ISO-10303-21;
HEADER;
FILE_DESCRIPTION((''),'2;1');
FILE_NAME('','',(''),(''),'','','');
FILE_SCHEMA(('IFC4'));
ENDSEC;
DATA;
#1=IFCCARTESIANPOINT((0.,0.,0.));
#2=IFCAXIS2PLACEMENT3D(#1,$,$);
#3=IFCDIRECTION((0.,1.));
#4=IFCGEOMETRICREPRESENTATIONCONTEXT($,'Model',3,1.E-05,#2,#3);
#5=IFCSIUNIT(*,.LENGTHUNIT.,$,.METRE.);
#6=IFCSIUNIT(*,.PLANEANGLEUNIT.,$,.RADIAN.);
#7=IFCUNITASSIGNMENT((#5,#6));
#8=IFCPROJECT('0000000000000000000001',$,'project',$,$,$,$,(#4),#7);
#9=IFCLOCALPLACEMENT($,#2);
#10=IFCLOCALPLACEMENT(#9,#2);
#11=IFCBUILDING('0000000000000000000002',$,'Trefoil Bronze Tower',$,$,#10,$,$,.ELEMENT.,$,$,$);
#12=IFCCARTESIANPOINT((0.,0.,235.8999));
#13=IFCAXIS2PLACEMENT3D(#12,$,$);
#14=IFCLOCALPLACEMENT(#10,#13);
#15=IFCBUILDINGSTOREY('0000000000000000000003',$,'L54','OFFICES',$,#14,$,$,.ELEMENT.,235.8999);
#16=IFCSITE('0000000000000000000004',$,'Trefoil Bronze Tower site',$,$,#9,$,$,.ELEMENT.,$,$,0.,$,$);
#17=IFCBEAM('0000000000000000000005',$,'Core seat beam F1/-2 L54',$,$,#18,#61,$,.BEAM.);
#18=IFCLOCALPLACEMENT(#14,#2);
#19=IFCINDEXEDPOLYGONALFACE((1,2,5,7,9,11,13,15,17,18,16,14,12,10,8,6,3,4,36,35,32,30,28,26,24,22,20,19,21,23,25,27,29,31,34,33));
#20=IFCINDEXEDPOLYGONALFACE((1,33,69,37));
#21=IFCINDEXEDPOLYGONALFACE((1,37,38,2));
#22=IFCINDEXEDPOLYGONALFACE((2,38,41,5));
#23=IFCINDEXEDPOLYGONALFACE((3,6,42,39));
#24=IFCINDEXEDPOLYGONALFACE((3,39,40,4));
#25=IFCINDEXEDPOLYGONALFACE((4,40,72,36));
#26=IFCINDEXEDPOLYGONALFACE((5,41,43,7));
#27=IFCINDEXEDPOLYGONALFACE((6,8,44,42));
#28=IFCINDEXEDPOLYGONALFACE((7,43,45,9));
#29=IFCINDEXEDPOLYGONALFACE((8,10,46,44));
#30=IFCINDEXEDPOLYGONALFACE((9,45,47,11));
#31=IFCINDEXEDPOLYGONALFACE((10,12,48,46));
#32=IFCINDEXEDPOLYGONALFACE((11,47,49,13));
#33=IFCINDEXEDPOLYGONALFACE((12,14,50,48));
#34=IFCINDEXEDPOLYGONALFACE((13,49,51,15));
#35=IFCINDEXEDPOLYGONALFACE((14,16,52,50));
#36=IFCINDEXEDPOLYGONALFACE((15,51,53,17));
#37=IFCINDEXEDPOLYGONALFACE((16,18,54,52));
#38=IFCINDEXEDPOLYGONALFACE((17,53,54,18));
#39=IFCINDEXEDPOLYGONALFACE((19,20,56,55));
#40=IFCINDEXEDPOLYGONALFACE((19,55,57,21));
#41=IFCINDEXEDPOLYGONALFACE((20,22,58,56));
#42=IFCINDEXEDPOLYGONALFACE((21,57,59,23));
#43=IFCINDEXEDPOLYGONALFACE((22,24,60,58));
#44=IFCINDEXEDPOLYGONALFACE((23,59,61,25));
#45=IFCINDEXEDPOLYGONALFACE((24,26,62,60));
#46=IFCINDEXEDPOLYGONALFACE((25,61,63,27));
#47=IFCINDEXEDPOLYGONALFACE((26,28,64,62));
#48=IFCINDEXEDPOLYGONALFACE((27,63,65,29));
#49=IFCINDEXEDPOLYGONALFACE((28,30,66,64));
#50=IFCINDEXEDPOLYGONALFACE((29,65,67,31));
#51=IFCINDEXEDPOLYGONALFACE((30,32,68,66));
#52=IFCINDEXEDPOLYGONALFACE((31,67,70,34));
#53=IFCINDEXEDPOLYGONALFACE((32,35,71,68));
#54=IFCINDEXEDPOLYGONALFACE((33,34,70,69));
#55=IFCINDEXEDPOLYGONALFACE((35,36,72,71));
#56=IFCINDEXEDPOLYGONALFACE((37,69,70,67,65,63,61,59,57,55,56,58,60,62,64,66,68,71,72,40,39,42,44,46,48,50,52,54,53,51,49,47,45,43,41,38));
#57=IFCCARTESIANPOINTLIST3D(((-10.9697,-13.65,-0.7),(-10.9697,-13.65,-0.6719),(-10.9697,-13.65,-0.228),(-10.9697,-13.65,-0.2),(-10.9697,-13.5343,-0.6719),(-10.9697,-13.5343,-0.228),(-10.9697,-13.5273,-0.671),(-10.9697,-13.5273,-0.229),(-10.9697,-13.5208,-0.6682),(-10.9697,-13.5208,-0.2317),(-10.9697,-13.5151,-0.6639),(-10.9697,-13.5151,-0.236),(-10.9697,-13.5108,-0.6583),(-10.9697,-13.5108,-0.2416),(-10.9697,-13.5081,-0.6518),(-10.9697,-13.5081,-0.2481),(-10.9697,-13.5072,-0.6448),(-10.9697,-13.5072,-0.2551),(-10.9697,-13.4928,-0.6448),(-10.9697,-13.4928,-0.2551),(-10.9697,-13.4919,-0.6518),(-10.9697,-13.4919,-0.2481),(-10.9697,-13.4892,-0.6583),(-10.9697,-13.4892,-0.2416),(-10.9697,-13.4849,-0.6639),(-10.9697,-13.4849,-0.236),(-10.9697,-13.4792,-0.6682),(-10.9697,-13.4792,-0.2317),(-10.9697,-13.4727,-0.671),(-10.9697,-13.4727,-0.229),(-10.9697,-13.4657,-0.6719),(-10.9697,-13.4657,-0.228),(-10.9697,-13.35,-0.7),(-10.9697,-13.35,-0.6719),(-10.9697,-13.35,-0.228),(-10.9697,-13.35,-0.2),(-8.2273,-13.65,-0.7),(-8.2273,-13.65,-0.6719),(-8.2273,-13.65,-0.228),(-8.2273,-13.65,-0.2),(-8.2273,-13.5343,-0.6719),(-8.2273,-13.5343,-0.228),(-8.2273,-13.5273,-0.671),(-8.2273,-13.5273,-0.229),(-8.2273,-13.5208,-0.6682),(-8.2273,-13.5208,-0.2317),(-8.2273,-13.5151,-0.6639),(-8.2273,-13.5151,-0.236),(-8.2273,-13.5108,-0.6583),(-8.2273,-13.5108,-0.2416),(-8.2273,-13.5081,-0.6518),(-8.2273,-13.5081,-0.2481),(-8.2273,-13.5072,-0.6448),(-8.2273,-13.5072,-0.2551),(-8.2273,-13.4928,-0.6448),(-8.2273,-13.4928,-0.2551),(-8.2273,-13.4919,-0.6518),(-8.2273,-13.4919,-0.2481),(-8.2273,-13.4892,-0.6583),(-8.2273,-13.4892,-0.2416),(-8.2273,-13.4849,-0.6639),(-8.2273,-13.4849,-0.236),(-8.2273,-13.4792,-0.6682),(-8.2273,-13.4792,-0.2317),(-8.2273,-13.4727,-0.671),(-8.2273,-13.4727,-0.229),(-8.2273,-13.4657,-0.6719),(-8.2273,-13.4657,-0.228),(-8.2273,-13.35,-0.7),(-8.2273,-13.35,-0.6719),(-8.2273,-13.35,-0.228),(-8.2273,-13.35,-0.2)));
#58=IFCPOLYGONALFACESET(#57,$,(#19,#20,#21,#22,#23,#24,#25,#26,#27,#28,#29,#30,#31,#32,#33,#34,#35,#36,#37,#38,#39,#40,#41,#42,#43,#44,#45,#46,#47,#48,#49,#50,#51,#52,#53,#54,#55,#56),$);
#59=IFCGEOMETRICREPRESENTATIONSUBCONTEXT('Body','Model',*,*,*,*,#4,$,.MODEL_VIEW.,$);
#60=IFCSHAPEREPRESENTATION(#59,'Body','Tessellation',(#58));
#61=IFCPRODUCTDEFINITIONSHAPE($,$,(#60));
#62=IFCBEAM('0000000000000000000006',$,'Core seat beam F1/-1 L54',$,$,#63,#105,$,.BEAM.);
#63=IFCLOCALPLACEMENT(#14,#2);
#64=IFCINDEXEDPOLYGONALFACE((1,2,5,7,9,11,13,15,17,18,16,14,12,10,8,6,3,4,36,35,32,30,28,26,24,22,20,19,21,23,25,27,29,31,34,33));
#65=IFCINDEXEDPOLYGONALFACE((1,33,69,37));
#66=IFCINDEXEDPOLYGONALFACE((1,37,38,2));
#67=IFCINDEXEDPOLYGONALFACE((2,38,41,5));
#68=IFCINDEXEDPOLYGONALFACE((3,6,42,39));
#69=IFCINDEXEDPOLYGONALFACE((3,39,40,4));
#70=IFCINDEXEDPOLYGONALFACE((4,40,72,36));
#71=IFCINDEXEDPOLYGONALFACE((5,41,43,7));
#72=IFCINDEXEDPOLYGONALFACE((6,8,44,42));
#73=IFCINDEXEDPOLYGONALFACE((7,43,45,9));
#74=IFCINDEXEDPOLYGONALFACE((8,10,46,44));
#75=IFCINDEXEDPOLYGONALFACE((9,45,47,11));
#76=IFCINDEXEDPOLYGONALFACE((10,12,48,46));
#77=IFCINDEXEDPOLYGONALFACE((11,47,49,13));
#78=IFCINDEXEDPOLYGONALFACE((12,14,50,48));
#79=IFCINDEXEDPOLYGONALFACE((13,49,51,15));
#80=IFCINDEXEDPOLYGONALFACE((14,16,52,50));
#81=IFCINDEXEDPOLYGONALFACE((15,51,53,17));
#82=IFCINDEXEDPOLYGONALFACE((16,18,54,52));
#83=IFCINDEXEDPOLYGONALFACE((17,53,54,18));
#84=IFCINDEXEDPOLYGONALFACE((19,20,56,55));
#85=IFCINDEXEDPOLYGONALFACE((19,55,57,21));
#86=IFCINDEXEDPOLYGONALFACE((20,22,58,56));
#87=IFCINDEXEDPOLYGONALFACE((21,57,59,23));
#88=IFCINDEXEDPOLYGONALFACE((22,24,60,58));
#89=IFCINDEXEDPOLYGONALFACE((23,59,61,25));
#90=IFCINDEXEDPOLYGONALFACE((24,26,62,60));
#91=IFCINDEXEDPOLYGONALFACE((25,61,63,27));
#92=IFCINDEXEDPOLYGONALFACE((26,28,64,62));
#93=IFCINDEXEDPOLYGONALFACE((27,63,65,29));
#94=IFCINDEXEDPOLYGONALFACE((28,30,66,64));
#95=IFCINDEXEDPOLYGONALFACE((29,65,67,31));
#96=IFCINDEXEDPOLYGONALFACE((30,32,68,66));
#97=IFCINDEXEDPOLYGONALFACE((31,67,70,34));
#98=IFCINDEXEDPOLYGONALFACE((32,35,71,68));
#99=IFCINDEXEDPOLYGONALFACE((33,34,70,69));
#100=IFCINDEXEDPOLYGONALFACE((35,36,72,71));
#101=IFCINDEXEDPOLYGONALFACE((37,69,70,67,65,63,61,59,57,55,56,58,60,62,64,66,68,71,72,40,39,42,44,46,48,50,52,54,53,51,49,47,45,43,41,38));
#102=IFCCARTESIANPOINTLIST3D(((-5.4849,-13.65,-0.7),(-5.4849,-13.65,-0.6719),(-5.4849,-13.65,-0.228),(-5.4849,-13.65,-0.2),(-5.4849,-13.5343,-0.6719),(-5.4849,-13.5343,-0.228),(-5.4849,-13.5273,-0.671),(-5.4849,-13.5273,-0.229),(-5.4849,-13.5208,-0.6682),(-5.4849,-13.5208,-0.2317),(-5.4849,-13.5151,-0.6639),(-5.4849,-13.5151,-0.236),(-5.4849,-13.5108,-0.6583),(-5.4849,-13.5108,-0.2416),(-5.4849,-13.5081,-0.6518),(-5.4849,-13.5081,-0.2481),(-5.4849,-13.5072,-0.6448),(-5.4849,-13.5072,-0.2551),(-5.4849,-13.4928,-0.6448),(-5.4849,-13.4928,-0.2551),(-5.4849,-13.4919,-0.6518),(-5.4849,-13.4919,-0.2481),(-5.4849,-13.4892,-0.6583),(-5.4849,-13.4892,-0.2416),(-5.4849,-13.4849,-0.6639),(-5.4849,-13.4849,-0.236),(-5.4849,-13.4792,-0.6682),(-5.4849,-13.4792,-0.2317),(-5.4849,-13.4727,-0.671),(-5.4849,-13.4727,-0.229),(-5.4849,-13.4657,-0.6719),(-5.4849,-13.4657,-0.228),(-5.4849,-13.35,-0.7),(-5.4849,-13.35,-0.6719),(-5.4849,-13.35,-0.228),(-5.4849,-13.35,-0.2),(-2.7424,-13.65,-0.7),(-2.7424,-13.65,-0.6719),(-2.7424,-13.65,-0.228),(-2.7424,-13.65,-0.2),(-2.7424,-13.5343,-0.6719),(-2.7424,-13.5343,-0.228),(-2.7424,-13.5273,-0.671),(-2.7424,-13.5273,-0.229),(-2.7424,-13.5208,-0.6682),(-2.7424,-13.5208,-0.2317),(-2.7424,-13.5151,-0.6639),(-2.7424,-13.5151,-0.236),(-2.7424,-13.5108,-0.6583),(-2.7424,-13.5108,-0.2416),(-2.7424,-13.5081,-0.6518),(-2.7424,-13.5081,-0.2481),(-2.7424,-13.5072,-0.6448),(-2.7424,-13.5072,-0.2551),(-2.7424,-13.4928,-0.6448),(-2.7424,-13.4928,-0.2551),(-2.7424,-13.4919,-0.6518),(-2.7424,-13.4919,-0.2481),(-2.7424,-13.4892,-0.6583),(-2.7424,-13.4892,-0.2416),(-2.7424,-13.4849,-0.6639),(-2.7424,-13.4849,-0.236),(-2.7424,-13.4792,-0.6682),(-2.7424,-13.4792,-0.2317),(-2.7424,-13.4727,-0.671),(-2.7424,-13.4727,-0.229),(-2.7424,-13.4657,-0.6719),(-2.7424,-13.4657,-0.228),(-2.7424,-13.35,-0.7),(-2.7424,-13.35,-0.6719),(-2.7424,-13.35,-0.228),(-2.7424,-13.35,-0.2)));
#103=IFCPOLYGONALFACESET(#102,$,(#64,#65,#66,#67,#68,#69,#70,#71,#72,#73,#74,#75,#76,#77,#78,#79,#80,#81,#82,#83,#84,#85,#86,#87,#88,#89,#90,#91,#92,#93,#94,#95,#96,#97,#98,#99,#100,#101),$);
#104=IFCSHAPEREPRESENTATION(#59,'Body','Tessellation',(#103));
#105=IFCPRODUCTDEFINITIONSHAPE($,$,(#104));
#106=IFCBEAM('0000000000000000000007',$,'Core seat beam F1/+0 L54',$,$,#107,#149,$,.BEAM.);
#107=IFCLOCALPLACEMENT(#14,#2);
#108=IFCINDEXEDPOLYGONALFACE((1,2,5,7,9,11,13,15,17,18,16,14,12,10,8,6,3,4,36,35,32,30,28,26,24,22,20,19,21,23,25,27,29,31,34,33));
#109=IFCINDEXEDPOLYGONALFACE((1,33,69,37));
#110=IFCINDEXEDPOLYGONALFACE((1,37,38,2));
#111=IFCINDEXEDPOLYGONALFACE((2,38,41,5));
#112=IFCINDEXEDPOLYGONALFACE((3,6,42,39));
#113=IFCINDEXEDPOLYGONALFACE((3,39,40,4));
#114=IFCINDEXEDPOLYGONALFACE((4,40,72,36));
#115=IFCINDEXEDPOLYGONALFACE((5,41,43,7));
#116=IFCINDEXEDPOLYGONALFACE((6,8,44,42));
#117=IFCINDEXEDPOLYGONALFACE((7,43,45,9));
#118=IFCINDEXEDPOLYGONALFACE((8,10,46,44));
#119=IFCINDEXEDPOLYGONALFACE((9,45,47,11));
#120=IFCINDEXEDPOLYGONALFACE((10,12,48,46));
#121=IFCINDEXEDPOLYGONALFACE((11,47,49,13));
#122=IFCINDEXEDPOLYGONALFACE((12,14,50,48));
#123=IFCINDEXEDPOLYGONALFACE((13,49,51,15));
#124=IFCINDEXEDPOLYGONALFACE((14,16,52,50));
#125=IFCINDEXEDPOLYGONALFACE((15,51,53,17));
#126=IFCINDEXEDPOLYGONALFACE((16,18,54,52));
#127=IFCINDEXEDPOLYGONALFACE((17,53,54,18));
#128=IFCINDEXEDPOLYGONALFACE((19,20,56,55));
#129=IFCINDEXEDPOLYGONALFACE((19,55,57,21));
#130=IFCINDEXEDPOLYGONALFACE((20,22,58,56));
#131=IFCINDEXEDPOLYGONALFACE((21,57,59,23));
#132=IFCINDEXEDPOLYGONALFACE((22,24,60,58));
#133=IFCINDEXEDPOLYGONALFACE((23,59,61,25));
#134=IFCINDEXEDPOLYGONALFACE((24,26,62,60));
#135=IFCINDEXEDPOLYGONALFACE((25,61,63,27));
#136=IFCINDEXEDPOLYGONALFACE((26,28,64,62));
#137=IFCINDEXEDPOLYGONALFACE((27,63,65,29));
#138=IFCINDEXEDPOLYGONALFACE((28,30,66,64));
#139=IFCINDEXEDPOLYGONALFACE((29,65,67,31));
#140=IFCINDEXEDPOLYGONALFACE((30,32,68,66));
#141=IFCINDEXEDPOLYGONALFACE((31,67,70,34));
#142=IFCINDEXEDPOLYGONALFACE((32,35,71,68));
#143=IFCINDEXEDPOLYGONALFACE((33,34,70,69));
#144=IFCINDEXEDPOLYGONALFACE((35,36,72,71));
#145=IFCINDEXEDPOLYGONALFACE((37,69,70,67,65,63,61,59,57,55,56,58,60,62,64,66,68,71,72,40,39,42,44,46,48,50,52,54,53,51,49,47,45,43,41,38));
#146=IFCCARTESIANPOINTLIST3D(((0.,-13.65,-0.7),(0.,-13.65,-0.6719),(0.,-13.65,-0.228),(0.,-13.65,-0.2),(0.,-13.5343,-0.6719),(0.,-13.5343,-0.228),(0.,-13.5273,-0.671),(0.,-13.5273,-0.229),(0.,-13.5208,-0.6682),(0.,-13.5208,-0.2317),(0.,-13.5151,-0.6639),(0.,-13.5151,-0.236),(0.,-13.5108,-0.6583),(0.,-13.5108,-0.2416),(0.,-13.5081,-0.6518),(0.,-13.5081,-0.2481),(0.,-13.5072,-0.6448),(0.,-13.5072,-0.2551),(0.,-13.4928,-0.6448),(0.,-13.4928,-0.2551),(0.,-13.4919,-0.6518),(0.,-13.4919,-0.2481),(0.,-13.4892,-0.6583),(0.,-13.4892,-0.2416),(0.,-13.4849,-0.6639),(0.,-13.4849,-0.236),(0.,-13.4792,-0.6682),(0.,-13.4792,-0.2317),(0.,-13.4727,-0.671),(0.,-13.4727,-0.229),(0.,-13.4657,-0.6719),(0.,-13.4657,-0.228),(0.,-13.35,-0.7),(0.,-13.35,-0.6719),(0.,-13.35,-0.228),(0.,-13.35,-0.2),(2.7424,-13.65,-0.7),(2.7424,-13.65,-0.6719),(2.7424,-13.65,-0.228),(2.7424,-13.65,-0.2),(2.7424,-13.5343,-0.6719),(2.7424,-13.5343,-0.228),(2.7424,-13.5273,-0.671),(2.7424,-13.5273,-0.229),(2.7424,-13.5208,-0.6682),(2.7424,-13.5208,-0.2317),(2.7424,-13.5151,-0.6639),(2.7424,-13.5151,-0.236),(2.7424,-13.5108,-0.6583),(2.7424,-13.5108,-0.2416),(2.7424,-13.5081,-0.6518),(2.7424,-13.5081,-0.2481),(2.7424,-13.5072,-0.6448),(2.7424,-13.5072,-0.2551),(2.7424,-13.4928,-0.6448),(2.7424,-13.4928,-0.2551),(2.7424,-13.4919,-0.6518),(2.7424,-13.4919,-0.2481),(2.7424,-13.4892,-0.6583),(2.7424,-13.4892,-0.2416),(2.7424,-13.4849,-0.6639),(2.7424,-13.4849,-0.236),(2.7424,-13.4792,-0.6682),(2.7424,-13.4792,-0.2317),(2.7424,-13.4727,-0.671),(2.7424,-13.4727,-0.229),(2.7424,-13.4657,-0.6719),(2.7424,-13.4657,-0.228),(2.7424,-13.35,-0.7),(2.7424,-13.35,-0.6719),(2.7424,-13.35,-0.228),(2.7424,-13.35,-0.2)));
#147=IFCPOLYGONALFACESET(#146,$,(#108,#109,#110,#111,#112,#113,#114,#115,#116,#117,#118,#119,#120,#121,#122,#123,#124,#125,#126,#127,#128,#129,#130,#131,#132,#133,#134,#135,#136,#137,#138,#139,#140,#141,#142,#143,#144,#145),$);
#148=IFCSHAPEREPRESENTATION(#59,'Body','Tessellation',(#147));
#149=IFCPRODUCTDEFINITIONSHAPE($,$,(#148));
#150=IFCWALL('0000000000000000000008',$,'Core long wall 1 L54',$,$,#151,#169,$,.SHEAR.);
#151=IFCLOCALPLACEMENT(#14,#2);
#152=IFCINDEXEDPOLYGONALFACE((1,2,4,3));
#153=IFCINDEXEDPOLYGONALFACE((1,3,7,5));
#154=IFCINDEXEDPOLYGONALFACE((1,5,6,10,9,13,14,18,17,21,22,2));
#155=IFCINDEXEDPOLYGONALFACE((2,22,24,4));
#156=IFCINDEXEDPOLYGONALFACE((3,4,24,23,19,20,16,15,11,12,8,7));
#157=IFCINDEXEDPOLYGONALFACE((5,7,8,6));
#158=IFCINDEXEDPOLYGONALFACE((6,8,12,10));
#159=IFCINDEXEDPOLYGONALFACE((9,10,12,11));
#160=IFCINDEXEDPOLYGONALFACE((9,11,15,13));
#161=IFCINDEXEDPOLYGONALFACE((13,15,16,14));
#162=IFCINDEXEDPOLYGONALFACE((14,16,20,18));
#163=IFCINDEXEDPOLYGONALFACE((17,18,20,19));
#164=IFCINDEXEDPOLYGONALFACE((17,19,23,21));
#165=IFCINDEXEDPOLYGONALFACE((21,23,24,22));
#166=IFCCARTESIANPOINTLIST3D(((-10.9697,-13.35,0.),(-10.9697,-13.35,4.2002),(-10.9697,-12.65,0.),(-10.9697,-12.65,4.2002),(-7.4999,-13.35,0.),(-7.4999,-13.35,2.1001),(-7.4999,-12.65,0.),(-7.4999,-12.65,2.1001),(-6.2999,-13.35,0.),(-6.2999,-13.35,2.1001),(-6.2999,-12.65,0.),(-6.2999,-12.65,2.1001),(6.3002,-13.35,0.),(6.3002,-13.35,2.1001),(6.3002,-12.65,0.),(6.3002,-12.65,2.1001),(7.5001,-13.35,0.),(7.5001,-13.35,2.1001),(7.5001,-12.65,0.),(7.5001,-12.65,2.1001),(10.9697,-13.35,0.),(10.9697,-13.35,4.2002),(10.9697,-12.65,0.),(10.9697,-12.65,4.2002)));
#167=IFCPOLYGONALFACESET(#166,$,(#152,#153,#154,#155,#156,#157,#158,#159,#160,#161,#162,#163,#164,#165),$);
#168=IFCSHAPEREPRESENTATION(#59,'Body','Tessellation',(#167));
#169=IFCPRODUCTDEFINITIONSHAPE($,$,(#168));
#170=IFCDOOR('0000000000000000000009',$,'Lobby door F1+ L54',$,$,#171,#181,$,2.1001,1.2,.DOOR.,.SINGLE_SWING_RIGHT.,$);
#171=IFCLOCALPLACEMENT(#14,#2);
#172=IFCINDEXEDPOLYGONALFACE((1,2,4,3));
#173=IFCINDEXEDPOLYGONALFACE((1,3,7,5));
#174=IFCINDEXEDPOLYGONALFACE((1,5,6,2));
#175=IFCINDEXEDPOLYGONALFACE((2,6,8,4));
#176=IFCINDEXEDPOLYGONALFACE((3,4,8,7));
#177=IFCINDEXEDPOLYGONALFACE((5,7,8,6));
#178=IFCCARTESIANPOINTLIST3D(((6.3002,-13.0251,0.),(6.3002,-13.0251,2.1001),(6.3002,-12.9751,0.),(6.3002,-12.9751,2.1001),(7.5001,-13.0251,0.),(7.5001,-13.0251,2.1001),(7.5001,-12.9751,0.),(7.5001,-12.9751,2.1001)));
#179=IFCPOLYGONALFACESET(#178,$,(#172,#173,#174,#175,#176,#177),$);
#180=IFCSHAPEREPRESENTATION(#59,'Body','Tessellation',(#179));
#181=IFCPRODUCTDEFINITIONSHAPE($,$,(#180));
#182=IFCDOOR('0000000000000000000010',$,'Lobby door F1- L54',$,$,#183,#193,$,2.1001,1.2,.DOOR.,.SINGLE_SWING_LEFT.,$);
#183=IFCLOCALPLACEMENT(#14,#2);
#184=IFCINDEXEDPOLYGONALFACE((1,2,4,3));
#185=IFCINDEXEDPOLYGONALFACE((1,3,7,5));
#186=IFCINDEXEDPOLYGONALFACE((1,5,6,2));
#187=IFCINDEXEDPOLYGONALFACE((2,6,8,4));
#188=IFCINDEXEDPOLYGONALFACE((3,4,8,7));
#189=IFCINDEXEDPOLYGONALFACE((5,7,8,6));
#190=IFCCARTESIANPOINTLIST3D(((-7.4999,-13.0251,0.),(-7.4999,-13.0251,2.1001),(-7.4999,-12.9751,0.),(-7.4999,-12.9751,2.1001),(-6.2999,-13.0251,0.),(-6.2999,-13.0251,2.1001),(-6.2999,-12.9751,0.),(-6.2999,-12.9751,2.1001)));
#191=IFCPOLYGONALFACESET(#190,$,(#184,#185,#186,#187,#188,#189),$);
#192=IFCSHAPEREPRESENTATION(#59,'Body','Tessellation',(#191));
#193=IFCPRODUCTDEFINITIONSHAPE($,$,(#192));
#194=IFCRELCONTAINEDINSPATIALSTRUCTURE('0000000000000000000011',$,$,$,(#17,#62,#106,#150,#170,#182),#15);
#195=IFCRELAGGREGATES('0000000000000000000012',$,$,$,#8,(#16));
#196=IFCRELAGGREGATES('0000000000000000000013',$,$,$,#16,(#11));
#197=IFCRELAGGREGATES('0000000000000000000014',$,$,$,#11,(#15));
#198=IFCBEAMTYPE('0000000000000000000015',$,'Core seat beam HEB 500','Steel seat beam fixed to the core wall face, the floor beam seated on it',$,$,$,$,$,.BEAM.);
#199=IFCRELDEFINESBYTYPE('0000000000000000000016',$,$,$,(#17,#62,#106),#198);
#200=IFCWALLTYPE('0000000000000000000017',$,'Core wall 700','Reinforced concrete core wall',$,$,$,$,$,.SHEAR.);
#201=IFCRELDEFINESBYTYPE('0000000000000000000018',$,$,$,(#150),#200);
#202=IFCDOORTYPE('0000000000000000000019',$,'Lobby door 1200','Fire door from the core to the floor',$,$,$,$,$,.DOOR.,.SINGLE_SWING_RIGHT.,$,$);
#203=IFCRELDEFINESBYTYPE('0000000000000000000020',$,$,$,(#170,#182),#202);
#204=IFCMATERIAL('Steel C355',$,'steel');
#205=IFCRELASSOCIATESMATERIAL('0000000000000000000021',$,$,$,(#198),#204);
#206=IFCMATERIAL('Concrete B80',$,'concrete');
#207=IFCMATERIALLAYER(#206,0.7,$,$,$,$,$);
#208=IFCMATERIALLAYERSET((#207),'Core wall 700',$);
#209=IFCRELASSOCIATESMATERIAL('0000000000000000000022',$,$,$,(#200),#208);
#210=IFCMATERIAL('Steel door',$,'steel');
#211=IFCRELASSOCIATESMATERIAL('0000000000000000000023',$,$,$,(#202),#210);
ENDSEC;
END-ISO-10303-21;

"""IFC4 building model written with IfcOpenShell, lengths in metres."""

from ifc_helpers import new_model, si_unit, direction, frame, frame_2d, origin, origin_2d, place, context, subcontext, project, spatial, rectangle, i_section, extrude, material, layer, layer_set, material_profile, profile_set, type_object, element, fill, save


model = new_model("IFC4")

# Units and contexts
model_context = context("Model", 3, precision=1e-05, world=origin(), true_north=direction((0.0, 1.0)))
body_context = subcontext(model_context, "Body", "Model", "MODEL_VIEW")
ifc_project = project(units=[si_unit("LENGTHUNIT", "METRE"), si_unit("PLANEANGLEUNIT", "RADIAN")], contexts=[model_context])

# Site, building, storey
site_placement = place(None, origin())
site = spatial("IfcSite", under=ifc_project, at=site_placement, Name="Trefoil Bronze Tower site", CompositionType="ELEMENT", RefElevation=0.0)
building_placement = place(site_placement, origin())
building = spatial("IfcBuilding", under=site, at=building_placement, Name="Trefoil Bronze Tower", CompositionType="ELEMENT")
storey_placement = place(building_placement, frame((0.0, 0.0, 235.8999)))
storey = spatial("IfcBuildingStorey", under=building, at=storey_placement, Name="L54", Description="OFFICES", CompositionType="ELEMENT", Elevation=235.8999)

# Beams
ifc_material_1 = material(Name="Steel C355", Category="steel")
ifc_material_profile = material_profile(ifc_material_1, i_section(OverallWidth=0.3, OverallDepth=0.5, WebThickness=0.0144, FlangeThickness=0.0281, FilletRadius=0.0271, at=origin_2d()), Name="HEB 500")
ifc_profile_set = profile_set([ifc_material_profile], Name="Steel C355")
beam_type = type_object("IfcBeamType", Name="Core seat beam HEB 500", Description="Steel seat beam fixed to the core wall face, the floor beam seated on it", PredefinedType="BEAM", material=ifc_profile_set)
for number, where, z_axis, x_axis, name in (
    (1, (-10.9697, -13.5, -0.45), (1.0, 0.0, 0.0), (0.0, 1.0, 0.0), "Core seat beam F1/-2 L54"),
    (2, (-5.4849, -13.5, -0.45), (1.0, 0.0, 0.0), (0.0, 1.0, 0.0), "Core seat beam F1/-1 L54"),
    (3, (0.0, -13.5, -0.45), (1.0, 0.0, 0.0), (0.0, 1.0, 0.0), "Core seat beam F1/+0 L54"),
):
    element("IfcBeam", number, at=place(storey_placement, frame(where, z_axis=z_axis, x_axis=x_axis)), inside=storey, type_object=beam_type, Name=name, PredefinedType="BEAM", context=body_context, shape_type="SweptSolid", body=[
        extrude(i_section(OverallWidth=0.3, OverallDepth=0.5, WebThickness=0.0144, FlangeThickness=0.0281, FilletRadius=0.0271, at=origin_2d()), origin(), (0.0, 0.0, 1.0), 2.7424),
    ])

# Wall, openings, doors
ifc_material_2 = material(Name="Concrete B80", Category="concrete")
ifc_layer_1 = layer(ifc_material_2, 0.7)
ifc_layer_set_1 = layer_set([ifc_layer_1], Name="Core wall 700")
wall_type_1 = type_object("IfcWallType", Name="Core wall 700", Description="Reinforced concrete core wall", PredefinedType="SHEAR", material=ifc_layer_set_1)
wall_1_placement = place(storey_placement, frame((-10.9697, -13.0, 0.0), z_axis=(0.0, 0.0, 1.0), x_axis=(1.0, 0.0, 0.0)))
wall_1 = element("IfcWall", 4, at=wall_1_placement, inside=storey, type_object=wall_type_1, Name="Core long wall 1 L54", PredefinedType="SHEAR", context=body_context, shape_type="SweptSolid", body=[
    extrude(rectangle(XDim=21.9395, YDim=0.7, at=frame_2d((10.9697, 0.0))), origin(), (0.0, 0.0, 1.0), 4.2002),
])
opening_1_placement = place(wall_1_placement, frame((17.2698, 0.0, 0.0)))
opening_1 = element("IfcOpeningElement", 5, at=opening_1_placement, cuts=wall_1, PredefinedType="OPENING", context=body_context, shape_type="SweptSolid", body=[
    extrude(rectangle(XDim=1.2, YDim=2.1001, at=frame_2d((0.6001, 1.05))), frame((0.0, 0.3599, 0.0), z_axis=(0.0, -1.0, 0.0), x_axis=(1.0, 0.0, 0.0)), (0.0, 0.0, 1.0), 0.72),
])
opening_2_placement = place(wall_1_placement, frame((3.4697, 0.0, 0.0)))
opening_2 = element("IfcOpeningElement", 6, at=opening_2_placement, cuts=wall_1, PredefinedType="OPENING", context=body_context, shape_type="SweptSolid", body=[
    extrude(rectangle(XDim=1.2, YDim=2.1001, at=frame_2d((0.6001, 1.05))), frame((0.0, 0.3599, 0.0), z_axis=(0.0, -1.0, 0.0), x_axis=(1.0, 0.0, 0.0)), (0.0, 0.0, 1.0), 0.72),
])
ifc_material_3 = material(Name="Steel door", Category="steel")
door_type_1 = type_object("IfcDoorType", Name="Lobby door 1200", Description="Fire door from the core to the floor", OperationType="SINGLE_SWING_RIGHT", PredefinedType="DOOR", material=ifc_material_3)
door_1_placement = place(opening_1_placement, origin())
door_1 = element("IfcDoor", 7, at=door_1_placement, inside=storey, type_object=door_type_1, Name="Lobby door F1+ L54", OperationType="SINGLE_SWING_RIGHT", OverallHeight=2.1001, OverallWidth=1.2, PredefinedType="DOOR", context=body_context, shape_type="SweptSolid", body=[
    extrude(rectangle(XDim=1.2, YDim=2.1001, at=frame_2d((0.6001, 1.05))), frame((0.0, 0.0249, 0.0), z_axis=(0.0, -1.0, 0.0), x_axis=(1.0, 0.0, 0.0)), (0.0, 0.0, 1.0), 0.05),
])
fill(opening_1, door_1)
door_2_placement = place(opening_2_placement, origin())
door_2 = element("IfcDoor", 8, at=door_2_placement, inside=storey, type_object=door_type_1, Name="Lobby door F1- L54", OperationType="SINGLE_SWING_LEFT", OverallHeight=2.1001, OverallWidth=1.2, PredefinedType="DOOR", context=body_context, shape_type="SweptSolid", body=[
    extrude(rectangle(XDim=1.2, YDim=2.1001, at=frame_2d((0.6001, 1.05))), frame((0.0, 0.0249, 0.0), z_axis=(0.0, -1.0, 0.0), x_axis=(1.0, 0.0, 0.0)), (0.0, 0.0, 1.0), 0.05),
])
fill(opening_2, door_2)

save(model, "model.ifc")
